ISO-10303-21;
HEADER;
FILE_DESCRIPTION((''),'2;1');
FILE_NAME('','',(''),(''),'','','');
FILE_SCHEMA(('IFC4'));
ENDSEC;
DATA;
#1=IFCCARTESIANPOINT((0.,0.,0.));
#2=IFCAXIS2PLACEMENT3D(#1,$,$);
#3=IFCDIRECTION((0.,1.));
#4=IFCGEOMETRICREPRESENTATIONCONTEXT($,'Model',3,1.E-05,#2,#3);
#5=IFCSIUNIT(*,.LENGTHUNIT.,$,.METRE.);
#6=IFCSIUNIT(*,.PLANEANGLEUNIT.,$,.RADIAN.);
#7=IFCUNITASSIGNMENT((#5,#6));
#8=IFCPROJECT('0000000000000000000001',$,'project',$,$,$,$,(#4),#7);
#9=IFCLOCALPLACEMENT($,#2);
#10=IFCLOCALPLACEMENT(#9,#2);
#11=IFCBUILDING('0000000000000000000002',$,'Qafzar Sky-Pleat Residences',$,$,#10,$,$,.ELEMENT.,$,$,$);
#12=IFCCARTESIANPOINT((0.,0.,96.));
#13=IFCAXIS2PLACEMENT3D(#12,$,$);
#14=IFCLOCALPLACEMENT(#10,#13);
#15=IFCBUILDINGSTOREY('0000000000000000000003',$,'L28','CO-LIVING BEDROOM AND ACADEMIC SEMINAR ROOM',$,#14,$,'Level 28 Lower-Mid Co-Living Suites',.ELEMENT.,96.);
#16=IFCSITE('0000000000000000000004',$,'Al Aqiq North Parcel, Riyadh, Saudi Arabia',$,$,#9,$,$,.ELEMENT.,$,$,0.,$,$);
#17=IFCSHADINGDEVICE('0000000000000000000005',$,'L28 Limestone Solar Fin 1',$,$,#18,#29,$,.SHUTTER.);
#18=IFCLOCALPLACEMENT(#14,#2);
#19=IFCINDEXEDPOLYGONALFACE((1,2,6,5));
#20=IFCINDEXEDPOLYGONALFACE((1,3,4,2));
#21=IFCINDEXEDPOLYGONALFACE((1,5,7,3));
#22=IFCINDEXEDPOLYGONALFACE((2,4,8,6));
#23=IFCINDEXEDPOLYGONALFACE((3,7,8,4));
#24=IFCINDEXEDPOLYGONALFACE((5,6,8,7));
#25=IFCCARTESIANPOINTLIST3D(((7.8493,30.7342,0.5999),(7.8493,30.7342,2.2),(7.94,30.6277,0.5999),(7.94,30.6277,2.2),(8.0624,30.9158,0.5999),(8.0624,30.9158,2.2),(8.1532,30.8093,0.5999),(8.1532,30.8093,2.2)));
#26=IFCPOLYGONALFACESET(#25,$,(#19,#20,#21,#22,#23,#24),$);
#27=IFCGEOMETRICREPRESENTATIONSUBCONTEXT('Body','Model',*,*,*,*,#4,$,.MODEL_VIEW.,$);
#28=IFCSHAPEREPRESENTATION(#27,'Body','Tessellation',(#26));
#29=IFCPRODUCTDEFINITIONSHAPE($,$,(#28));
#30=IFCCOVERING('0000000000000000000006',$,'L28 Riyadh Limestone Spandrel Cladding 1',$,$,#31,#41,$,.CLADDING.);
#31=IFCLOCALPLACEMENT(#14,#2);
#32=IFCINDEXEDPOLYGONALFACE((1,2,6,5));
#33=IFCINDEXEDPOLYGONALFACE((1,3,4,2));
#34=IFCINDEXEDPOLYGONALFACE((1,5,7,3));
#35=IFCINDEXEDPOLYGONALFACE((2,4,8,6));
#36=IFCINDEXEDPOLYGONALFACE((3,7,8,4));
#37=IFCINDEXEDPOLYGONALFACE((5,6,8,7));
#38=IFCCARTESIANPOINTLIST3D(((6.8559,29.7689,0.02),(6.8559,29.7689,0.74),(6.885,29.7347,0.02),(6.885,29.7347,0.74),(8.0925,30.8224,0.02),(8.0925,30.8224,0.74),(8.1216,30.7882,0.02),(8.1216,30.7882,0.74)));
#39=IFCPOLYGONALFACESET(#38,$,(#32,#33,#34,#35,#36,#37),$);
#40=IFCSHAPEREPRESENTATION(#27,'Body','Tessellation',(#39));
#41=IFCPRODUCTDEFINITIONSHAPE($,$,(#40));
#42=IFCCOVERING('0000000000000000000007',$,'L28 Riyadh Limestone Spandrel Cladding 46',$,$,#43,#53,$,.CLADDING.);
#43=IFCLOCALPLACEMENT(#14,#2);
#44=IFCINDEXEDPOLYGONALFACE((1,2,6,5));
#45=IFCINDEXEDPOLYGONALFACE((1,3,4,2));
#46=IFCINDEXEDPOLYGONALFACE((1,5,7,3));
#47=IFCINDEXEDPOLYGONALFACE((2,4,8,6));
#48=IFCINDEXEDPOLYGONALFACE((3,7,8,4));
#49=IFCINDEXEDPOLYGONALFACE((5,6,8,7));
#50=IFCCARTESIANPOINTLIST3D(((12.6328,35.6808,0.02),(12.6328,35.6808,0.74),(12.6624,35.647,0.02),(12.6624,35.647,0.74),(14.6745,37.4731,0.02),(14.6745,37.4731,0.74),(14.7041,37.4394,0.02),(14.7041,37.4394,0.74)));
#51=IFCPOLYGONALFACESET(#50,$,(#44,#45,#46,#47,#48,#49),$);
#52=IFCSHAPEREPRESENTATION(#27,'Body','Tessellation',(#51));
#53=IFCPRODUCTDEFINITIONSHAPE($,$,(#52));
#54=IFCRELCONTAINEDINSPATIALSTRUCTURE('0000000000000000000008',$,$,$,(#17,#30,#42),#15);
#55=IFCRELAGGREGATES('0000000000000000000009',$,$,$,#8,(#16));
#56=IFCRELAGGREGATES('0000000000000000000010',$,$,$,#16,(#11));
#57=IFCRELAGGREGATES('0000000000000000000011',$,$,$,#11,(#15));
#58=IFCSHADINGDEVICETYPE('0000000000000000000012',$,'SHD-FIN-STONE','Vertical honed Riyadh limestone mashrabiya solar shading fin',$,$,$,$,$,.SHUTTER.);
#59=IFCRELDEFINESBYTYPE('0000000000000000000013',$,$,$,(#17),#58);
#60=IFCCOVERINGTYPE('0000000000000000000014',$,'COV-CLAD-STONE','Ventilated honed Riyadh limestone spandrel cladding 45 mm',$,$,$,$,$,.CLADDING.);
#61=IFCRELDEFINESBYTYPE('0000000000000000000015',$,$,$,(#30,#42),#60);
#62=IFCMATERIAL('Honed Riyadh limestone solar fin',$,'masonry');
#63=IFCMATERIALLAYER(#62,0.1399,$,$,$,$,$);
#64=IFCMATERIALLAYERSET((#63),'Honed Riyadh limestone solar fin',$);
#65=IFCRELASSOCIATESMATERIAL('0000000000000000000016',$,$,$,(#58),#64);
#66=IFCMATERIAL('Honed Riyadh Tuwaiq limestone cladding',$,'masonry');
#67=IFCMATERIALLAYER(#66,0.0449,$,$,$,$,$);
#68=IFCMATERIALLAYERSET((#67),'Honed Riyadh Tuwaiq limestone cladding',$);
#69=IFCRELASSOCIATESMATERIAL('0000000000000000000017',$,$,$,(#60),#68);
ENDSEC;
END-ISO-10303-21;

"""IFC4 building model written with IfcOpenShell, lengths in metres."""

from ifc_helpers import new_model, si_unit, direction, frame, origin, origin_2d, place, context, subcontext, project, spatial, rectangle, extrude, source, transform, mapped, material, layer, layer_set, type_object, element, save


model = new_model("IFC4")

# Units and contexts
model_context = context("Model", 3, precision=1e-05, world=origin(), true_north=direction((0.0, 1.0)))
body_context = subcontext(model_context, "Body", "Model", "MODEL_VIEW")
ifc_project = project(units=[si_unit("LENGTHUNIT", "METRE"), si_unit("PLANEANGLEUNIT", "RADIAN")], contexts=[model_context])

# Site, building, storey
site_placement = place(None, origin())
site = spatial("IfcSite", under=ifc_project, at=site_placement, Name="Al Aqiq North Parcel, Riyadh, Saudi Arabia", CompositionType="ELEMENT", RefElevation=0.0)
building_placement = place(site_placement, origin())
building = spatial("IfcBuilding", under=site, at=building_placement, Name="Qafzar Sky-Pleat Residences", CompositionType="ELEMENT")
storey_placement = place(building_placement, frame((0.0, 0.0, 96.0)))
storey = spatial("IfcBuildingStorey", under=building, at=storey_placement, Name="L28", Description="CO-LIVING BEDROOM AND ACADEMIC SEMINAR ROOM", LongName="Level 28 Lower-Mid Co-Living Suites", CompositionType="ELEMENT", Elevation=96.0)

# Shading device
ifc_material_1 = material(Name="Honed Riyadh limestone solar fin", Category="masonry")
ifc_layer_1 = layer(ifc_material_1, 0.1399)
ifc_layer_set_1 = layer_set([ifc_layer_1], Name="Honed Riyadh limestone solar fin")
shading_device_type = type_object("IfcShadingDeviceType", Name="SHD-FIN-STONE", Description="Vertical honed Riyadh limestone mashrabiya solar shading fin", PredefinedType="SHUTTER", material=ifc_layer_set_1)
shared_shape_1 = source(origin(), body_context, "Body", "SweptSolid", [
    extrude(rectangle(XDim=0.1399, YDim=0.28, at=origin_2d()), origin(), (0.0, 0.0, 1.0), 1.6001),
])
shading_device_placement = place(storey_placement, frame((8.0012, 30.7717, 0.5999), z_axis=(0.0, 0.0, 1.0), x_axis=(-0.648554, 0.761169, 0.0)))
element("IfcShadingDevice", 1, at=shading_device_placement, inside=storey, type_object=shading_device_type, Name="L28 Limestone Solar Fin 1", PredefinedType="SHUTTER", context=body_context, shape_type="MappedRepresentation", body=[
    mapped(shared_shape_1, transform((0.0, 0.0, 0.0), x_axis=(1.0, 0.0, 0.0), y_axis=(0.0, 1.0, 0.0), z_axis=(0.0, 0.0, 1.0), scale=1.0)),
])

# Coverings
ifc_material_2 = material(Name="Honed Riyadh Tuwaiq limestone cladding", Category="masonry")
ifc_layer_2 = layer(ifc_material_2, 0.0449)
ifc_layer_set_2 = layer_set([ifc_layer_2], Name="Honed Riyadh Tuwaiq limestone cladding")
covering_type = type_object("IfcCoveringType", Name="COV-CLAD-STONE", Description="Ventilated honed Riyadh limestone spandrel cladding 45 mm", PredefinedType="CLADDING", material=ifc_layer_set_2)
shared_shape_2 = source(origin(), body_context, "Body", "SweptSolid", [
    extrude(rectangle(XDim=1.6245, YDim=0.0449, at=origin_2d()), origin(), (0.0, 0.0, 1.0), 0.72),
])
covering_1_placement = place(storey_placement, frame((7.4888, 30.2786, 0.02), z_axis=(0.0, 0.0, 1.0), x_axis=(-0.761201, -0.648516, 0.0)))
element("IfcCovering", 2, at=covering_1_placement, inside=storey, type_object=covering_type, Name="L28 Riyadh Limestone Spandrel Cladding 1", PredefinedType="CLADDING", context=body_context, shape_type="MappedRepresentation", body=[
    mapped(shared_shape_2, transform((0.0, 0.0, 0.0), x_axis=(1.0, 0.0, 0.0), y_axis=(0.0, 1.0, 0.0), z_axis=(0.0, 0.0, 1.0), scale=1.0)),
])
shared_shape_3 = source(origin(), body_context, "Body", "SweptSolid", [
    extrude(rectangle(XDim=2.7168, YDim=0.0449, at=origin_2d()), origin(), (0.0, 0.0, 1.0), 0.72),
])
covering_2_placement = place(storey_placement, frame((13.6685, 36.5601, 0.02), z_axis=(0.0, 0.0, 1.0), x_axis=(-0.751498, -0.659735, 0.0)))
element("IfcCovering", 3, at=covering_2_placement, inside=storey, type_object=covering_type, Name="L28 Riyadh Limestone Spandrel Cladding 46", PredefinedType="CLADDING", context=body_context, shape_type="MappedRepresentation", body=[
    mapped(shared_shape_3, transform((0.0, 0.0, 0.0), x_axis=(1.0, 0.0, 0.0), y_axis=(0.0, 1.0, 0.0), z_axis=(0.0, 0.0, 1.0), scale=1.0)),
])

save(model, "model.ifc")
